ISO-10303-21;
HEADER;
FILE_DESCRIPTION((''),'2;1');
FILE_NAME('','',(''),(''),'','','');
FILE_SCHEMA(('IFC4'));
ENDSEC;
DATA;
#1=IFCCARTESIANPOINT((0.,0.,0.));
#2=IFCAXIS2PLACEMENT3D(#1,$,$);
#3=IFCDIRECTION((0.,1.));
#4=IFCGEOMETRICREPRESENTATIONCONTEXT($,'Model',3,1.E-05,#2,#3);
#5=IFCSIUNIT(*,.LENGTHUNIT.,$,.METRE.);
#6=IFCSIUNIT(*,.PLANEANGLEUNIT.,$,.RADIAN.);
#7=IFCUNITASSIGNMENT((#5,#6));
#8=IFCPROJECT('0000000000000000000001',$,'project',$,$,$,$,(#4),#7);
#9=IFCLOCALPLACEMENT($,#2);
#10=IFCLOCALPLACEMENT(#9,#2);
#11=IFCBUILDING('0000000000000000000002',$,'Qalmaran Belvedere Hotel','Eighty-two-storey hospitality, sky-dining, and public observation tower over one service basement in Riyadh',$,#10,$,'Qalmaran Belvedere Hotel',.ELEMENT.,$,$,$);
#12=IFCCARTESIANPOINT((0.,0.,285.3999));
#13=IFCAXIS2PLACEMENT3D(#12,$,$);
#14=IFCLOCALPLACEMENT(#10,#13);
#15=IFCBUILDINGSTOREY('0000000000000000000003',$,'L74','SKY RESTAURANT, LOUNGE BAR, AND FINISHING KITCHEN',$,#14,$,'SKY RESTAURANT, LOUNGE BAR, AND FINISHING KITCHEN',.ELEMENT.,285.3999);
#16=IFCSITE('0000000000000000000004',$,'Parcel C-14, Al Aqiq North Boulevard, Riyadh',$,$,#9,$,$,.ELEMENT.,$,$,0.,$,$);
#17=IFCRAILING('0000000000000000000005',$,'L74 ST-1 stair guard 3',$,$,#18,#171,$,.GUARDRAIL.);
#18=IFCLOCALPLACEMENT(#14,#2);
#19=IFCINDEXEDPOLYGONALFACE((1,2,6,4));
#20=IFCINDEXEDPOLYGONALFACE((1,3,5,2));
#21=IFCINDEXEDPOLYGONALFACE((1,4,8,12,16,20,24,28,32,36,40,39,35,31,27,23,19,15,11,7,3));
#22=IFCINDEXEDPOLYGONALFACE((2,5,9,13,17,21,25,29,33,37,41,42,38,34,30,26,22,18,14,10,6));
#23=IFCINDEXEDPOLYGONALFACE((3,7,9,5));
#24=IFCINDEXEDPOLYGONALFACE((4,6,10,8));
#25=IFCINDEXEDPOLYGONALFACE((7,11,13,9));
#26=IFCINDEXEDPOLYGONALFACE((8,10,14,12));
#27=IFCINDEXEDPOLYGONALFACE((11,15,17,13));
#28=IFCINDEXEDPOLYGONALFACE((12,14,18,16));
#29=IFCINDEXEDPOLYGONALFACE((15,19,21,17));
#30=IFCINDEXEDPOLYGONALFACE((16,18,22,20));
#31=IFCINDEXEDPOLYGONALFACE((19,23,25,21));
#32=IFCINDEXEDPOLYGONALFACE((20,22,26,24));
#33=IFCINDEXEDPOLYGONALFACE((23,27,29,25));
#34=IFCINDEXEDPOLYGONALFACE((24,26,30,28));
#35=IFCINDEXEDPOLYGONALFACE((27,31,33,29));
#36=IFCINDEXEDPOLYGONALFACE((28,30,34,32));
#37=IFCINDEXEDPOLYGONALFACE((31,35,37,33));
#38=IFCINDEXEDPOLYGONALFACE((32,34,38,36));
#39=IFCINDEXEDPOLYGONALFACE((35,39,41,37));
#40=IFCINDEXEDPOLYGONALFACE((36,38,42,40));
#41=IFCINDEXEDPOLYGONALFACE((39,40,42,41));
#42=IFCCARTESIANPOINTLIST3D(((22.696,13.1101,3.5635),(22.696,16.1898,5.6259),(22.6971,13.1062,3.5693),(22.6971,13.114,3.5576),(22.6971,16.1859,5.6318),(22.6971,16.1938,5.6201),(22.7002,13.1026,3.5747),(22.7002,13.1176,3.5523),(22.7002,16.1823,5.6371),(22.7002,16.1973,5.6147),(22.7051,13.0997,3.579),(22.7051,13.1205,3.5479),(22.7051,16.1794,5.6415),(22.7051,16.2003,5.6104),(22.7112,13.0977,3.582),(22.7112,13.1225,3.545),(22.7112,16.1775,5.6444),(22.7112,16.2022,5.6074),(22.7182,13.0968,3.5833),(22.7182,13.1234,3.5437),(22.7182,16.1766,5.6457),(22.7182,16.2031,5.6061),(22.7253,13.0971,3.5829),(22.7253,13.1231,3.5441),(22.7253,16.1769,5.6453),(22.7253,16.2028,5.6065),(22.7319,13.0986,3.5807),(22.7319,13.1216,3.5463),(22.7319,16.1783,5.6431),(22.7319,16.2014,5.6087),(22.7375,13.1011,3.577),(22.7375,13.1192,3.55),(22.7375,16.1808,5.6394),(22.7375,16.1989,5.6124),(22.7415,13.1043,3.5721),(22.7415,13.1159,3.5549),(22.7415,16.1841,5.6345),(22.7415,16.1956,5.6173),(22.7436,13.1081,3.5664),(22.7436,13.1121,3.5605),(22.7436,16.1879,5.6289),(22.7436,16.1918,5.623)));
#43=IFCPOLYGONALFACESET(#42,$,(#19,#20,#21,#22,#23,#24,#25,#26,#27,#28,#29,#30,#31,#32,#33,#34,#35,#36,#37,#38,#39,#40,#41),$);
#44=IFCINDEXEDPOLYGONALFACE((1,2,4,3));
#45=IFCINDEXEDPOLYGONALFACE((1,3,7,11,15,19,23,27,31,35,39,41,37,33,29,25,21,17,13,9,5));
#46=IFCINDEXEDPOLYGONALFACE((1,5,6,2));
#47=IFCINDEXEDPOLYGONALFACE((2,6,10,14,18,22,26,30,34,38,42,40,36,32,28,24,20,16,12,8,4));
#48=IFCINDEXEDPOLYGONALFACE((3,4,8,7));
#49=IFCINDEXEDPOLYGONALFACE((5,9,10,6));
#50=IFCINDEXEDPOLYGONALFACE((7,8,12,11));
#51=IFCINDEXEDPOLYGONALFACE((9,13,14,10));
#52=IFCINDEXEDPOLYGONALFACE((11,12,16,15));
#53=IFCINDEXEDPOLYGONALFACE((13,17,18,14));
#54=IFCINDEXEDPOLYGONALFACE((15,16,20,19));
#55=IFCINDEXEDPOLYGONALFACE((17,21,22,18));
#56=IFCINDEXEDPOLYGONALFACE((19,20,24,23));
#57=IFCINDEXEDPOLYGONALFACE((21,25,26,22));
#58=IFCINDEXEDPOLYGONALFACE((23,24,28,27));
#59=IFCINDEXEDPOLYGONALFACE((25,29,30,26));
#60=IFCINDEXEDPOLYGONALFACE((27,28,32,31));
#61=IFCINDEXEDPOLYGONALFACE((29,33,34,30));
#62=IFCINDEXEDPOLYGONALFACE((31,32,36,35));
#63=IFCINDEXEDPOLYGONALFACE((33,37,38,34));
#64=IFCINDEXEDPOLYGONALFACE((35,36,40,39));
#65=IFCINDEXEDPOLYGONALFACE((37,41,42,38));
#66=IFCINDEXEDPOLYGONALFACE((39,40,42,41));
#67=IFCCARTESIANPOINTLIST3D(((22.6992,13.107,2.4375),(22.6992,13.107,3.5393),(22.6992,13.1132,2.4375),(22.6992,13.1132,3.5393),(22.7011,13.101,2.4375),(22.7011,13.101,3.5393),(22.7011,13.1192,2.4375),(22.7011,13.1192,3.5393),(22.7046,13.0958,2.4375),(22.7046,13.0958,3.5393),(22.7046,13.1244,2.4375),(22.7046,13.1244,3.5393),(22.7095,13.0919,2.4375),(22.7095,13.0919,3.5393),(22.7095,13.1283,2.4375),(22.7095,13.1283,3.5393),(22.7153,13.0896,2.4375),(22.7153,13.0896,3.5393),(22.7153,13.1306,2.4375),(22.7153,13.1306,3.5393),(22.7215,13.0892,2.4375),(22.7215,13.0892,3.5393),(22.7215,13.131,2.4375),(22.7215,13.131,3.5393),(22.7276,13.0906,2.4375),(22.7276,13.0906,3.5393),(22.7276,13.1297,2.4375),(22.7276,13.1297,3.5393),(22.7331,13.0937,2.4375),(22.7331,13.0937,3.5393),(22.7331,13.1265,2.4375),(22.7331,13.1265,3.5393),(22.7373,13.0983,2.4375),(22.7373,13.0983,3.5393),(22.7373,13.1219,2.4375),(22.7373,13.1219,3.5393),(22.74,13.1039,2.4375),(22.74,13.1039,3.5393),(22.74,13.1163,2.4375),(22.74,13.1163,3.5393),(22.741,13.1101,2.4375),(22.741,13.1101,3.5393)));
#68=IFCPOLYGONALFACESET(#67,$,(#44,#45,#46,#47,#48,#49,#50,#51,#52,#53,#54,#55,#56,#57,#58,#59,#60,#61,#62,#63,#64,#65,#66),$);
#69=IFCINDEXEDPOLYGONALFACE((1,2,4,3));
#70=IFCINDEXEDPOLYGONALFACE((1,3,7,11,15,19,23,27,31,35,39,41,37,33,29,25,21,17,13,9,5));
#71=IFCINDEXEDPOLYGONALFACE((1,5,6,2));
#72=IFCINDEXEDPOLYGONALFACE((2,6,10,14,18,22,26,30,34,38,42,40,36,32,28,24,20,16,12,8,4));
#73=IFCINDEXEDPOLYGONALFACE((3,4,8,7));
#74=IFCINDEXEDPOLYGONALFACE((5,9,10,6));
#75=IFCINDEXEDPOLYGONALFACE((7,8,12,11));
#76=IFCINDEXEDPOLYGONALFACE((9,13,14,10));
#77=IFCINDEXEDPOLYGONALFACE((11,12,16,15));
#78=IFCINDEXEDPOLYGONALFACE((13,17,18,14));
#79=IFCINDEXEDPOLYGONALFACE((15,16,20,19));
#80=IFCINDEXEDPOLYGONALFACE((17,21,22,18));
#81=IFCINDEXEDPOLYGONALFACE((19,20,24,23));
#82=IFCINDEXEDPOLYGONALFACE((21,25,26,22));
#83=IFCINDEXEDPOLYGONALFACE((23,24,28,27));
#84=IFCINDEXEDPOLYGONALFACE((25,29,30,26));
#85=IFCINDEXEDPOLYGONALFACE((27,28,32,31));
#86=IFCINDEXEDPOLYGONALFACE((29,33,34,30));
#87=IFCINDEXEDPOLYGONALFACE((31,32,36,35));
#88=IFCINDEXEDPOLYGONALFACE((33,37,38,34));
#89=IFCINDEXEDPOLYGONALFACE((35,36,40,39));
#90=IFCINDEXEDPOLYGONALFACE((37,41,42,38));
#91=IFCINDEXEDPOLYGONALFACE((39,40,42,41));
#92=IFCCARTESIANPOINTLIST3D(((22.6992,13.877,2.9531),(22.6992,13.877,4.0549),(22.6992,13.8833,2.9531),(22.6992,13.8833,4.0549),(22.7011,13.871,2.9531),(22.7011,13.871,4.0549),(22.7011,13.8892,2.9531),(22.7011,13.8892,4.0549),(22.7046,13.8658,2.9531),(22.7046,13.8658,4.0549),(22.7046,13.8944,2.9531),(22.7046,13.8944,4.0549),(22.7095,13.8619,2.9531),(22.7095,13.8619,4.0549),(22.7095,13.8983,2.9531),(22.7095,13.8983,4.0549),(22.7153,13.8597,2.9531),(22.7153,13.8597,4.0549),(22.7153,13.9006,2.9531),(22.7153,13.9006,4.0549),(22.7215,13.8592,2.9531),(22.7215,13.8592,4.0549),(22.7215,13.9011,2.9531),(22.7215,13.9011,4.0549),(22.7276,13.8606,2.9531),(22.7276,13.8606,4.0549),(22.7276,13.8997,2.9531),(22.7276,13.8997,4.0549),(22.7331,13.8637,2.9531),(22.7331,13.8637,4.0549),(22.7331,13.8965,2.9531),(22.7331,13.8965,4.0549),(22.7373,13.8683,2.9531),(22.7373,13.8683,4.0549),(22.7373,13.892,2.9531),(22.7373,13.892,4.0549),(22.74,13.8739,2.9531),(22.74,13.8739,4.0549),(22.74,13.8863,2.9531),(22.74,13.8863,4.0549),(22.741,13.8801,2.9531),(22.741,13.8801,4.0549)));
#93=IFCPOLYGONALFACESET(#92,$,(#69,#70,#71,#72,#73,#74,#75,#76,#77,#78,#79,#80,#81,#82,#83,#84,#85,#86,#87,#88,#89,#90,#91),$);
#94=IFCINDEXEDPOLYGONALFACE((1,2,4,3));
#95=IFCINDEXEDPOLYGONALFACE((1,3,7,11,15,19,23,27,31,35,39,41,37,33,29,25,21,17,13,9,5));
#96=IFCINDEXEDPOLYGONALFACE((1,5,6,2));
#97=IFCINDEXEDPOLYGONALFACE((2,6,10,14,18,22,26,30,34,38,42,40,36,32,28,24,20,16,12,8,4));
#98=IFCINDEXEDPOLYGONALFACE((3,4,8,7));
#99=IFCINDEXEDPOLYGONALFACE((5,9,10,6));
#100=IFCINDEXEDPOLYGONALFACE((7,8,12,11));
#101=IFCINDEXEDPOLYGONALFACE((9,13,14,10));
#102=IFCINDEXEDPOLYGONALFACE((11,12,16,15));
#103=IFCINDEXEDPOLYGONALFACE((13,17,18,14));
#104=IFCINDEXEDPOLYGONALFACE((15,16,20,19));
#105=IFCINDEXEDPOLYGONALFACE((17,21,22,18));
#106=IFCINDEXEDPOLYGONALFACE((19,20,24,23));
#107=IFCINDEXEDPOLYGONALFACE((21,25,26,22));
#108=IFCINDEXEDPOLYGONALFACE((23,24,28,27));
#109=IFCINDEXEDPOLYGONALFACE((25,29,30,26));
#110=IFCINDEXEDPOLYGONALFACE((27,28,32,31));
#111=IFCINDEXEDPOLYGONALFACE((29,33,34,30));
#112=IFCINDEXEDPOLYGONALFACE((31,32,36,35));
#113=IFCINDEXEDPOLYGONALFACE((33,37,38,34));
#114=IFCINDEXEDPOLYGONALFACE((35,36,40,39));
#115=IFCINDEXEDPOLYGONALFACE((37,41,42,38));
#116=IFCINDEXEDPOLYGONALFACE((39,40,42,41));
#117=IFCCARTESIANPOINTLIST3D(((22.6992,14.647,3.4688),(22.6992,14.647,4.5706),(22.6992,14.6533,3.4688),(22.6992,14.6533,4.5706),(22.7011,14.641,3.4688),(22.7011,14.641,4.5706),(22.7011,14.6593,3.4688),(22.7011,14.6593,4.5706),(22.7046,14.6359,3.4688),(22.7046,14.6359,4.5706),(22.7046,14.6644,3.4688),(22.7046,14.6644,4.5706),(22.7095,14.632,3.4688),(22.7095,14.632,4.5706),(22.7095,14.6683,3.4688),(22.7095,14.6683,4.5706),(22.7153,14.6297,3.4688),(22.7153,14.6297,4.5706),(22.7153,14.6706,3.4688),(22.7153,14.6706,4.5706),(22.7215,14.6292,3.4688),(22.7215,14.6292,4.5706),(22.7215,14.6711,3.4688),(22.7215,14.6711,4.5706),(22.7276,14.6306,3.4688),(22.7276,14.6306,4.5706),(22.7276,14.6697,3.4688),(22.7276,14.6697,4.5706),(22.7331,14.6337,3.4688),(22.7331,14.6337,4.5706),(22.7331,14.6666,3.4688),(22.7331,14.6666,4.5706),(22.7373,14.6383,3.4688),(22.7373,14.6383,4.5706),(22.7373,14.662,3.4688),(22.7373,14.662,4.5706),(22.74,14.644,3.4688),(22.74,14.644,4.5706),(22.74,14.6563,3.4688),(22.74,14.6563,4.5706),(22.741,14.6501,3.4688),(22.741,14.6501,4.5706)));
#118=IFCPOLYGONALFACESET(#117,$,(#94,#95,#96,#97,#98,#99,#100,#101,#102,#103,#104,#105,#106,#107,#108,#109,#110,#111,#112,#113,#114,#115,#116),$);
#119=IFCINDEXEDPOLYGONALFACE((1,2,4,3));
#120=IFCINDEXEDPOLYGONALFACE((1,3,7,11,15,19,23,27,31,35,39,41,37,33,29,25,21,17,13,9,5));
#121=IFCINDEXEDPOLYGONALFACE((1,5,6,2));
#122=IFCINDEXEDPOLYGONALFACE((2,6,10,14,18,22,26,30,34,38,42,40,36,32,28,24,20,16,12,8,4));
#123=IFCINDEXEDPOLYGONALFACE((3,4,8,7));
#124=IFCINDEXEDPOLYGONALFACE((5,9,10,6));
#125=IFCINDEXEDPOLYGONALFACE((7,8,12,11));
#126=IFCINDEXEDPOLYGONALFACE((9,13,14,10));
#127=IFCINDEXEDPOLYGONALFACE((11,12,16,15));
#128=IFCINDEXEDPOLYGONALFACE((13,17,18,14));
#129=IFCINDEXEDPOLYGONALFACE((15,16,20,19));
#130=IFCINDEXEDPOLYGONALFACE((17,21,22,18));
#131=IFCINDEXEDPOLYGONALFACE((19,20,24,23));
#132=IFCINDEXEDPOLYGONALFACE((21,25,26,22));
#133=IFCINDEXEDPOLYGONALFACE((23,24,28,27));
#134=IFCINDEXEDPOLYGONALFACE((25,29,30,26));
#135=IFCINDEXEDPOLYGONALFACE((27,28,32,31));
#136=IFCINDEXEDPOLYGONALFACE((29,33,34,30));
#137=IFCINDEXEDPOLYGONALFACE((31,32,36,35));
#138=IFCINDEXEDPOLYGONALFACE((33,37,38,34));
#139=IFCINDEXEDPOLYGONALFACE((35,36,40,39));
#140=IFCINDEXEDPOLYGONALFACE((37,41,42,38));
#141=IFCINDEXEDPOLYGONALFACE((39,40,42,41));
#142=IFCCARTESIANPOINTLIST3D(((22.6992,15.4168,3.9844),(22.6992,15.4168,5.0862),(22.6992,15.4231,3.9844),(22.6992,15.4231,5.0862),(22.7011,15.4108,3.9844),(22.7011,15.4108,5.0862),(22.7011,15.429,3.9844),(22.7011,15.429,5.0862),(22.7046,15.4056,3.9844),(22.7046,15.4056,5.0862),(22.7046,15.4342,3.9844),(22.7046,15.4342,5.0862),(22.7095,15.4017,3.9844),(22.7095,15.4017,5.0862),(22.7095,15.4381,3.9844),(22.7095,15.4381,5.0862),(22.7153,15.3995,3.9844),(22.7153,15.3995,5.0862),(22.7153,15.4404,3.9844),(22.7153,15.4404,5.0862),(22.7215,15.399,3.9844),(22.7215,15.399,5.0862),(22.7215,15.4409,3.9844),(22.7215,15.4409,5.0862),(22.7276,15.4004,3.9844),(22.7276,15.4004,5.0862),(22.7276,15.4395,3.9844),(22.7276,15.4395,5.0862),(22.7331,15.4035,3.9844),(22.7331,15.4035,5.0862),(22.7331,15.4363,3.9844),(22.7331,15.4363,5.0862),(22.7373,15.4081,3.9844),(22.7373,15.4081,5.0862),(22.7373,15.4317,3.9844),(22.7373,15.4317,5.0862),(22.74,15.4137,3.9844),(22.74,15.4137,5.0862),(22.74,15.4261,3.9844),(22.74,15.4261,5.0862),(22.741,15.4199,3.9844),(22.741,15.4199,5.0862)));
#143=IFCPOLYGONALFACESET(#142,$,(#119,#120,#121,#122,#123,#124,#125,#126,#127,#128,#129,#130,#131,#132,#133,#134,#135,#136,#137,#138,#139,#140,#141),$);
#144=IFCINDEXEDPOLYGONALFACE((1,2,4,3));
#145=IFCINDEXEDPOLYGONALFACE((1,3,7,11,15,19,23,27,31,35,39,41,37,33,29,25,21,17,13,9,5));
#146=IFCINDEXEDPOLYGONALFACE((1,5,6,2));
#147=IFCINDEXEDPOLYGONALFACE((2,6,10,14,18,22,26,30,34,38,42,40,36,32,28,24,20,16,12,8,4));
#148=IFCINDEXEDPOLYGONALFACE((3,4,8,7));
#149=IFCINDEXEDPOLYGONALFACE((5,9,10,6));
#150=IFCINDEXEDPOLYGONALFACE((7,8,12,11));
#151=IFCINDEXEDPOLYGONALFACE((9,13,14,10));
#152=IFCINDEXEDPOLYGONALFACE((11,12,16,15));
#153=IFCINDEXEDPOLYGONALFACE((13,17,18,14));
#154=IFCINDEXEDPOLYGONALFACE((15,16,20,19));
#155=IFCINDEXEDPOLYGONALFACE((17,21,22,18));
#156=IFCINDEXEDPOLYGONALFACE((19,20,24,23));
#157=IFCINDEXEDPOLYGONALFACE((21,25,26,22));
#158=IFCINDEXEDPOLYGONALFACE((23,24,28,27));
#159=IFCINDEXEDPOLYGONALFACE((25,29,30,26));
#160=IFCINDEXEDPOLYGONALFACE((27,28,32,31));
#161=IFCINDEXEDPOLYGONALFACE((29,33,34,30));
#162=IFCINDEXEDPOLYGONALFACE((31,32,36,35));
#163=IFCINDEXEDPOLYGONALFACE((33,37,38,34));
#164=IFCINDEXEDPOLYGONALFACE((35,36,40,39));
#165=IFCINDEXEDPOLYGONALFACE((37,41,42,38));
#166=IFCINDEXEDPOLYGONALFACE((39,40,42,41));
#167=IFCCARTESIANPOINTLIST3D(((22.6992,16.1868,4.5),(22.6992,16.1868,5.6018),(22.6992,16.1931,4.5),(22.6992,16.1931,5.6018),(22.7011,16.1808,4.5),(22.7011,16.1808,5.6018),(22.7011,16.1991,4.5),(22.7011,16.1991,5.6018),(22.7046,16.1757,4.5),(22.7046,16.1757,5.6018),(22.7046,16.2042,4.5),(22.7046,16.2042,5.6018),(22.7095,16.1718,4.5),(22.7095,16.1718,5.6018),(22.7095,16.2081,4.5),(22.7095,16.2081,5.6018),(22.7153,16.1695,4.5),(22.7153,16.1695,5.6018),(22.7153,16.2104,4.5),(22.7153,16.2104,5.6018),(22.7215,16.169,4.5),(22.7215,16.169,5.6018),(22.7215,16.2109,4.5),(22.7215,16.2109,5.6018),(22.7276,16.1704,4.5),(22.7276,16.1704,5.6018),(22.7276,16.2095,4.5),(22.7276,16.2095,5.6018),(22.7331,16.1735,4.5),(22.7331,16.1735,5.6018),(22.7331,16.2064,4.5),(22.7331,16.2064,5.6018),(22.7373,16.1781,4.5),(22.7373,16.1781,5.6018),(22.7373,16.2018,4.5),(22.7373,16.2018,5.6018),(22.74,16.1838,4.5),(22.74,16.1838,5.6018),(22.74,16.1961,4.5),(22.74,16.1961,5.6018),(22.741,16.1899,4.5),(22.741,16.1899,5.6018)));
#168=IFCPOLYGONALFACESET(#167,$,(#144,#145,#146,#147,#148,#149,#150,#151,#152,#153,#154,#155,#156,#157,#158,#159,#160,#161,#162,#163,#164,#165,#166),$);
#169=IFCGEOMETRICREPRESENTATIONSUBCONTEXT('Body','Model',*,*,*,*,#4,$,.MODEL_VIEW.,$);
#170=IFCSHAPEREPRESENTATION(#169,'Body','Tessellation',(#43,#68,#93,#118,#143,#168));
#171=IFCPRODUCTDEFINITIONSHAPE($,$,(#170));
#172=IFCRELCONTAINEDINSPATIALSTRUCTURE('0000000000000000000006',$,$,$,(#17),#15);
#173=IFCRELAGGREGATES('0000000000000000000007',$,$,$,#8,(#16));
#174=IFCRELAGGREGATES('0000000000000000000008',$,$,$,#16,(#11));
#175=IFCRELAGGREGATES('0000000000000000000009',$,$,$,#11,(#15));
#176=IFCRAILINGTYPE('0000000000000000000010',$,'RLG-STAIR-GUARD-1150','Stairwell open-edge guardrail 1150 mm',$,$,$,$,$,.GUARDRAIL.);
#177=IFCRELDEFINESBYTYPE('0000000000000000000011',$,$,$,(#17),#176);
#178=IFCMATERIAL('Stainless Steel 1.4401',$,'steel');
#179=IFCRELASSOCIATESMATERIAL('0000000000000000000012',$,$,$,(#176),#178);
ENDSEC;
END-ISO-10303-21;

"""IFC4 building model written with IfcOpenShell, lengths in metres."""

from ifc_helpers import new_model, si_unit, direction, frame, origin, origin_2d, place, context, subcontext, project, spatial, circle, extrude, material, type_object, element, save


model = new_model("IFC4")

# Units and contexts
model_context = context("Model", 3, precision=1e-05, world=origin(), true_north=direction((0.0, 1.0)))
body_context = subcontext(model_context, "Body", "Model", "MODEL_VIEW")
ifc_project = project(units=[si_unit("LENGTHUNIT", "METRE"), si_unit("PLANEANGLEUNIT", "RADIAN")], contexts=[model_context])

# Site, building, storey
site_placement = place(None, origin())
site = spatial("IfcSite", under=ifc_project, at=site_placement, Name="Parcel C-14, Al Aqiq North Boulevard, Riyadh", CompositionType="ELEMENT", RefElevation=0.0)
building_placement = place(site_placement, origin())
building = spatial("IfcBuilding", under=site, at=building_placement, Name="Qalmaran Belvedere Hotel", Description="Eighty-two-storey hospitality, sky-dining, and public observation tower over one service basement in Riyadh", LongName="Qalmaran Belvedere Hotel", CompositionType="ELEMENT")
storey_placement = place(building_placement, frame((0.0, 0.0, 285.3999)))
storey = spatial("IfcBuildingStorey", under=building, at=storey_placement, Name="L74", Description="SKY RESTAURANT, LOUNGE BAR, AND FINISHING KITCHEN", LongName="SKY RESTAURANT, LOUNGE BAR, AND FINISHING KITCHEN", CompositionType="ELEMENT", Elevation=285.3999)

# Railing
ifc_material_1 = material(Name="Stainless Steel 1.4401", Category="steel")
railing_type_1 = type_object("IfcRailingType", Name="RLG-STAIR-GUARD-1150", Description="Stairwell open-edge guardrail 1150 mm", PredefinedType="GUARDRAIL", material=ifc_material_1)
railing_1_placement = place(storey_placement, frame((22.72, 13.1101, 2.4375)))
element("IfcRailing", 1, at=railing_1_placement, inside=storey, type_object=railing_type_1, Name="L74 ST-1 stair guard 3", PredefinedType="GUARDRAIL", context=body_context, shape_type="SweptSolid", body=[
    extrude(circle(Radius=0.0239, at=origin_2d()), frame((0.0, 0.0, 1.126), z_axis=(0.0, 0.830893, 0.556432), x_axis=(-1.0, 0.0, 0.0)), (0.0, 0.0, 1.0), 3.7065),
    extrude(circle(Radius=0.021, at=origin_2d()), origin(), (0.0, 0.0, 1.0), 1.1018),
    extrude(circle(Radius=0.021, at=origin_2d()), frame((0.0, 0.77, 0.5156)), (0.0, 0.0, 1.0), 1.1018),
    extrude(circle(Radius=0.021, at=origin_2d()), frame((0.0, 1.54, 1.0312)), (0.0, 0.0, 1.0), 1.1018),
    extrude(circle(Radius=0.021, at=origin_2d()), frame((0.0, 2.3098, 1.5469)), (0.0, 0.0, 1.0), 1.1018),
    extrude(circle(Radius=0.021, at=origin_2d()), frame((0.0, 3.0798, 2.0625)), (0.0, 0.0, 1.0), 1.1018),
])

save(model, "model.ifc")
